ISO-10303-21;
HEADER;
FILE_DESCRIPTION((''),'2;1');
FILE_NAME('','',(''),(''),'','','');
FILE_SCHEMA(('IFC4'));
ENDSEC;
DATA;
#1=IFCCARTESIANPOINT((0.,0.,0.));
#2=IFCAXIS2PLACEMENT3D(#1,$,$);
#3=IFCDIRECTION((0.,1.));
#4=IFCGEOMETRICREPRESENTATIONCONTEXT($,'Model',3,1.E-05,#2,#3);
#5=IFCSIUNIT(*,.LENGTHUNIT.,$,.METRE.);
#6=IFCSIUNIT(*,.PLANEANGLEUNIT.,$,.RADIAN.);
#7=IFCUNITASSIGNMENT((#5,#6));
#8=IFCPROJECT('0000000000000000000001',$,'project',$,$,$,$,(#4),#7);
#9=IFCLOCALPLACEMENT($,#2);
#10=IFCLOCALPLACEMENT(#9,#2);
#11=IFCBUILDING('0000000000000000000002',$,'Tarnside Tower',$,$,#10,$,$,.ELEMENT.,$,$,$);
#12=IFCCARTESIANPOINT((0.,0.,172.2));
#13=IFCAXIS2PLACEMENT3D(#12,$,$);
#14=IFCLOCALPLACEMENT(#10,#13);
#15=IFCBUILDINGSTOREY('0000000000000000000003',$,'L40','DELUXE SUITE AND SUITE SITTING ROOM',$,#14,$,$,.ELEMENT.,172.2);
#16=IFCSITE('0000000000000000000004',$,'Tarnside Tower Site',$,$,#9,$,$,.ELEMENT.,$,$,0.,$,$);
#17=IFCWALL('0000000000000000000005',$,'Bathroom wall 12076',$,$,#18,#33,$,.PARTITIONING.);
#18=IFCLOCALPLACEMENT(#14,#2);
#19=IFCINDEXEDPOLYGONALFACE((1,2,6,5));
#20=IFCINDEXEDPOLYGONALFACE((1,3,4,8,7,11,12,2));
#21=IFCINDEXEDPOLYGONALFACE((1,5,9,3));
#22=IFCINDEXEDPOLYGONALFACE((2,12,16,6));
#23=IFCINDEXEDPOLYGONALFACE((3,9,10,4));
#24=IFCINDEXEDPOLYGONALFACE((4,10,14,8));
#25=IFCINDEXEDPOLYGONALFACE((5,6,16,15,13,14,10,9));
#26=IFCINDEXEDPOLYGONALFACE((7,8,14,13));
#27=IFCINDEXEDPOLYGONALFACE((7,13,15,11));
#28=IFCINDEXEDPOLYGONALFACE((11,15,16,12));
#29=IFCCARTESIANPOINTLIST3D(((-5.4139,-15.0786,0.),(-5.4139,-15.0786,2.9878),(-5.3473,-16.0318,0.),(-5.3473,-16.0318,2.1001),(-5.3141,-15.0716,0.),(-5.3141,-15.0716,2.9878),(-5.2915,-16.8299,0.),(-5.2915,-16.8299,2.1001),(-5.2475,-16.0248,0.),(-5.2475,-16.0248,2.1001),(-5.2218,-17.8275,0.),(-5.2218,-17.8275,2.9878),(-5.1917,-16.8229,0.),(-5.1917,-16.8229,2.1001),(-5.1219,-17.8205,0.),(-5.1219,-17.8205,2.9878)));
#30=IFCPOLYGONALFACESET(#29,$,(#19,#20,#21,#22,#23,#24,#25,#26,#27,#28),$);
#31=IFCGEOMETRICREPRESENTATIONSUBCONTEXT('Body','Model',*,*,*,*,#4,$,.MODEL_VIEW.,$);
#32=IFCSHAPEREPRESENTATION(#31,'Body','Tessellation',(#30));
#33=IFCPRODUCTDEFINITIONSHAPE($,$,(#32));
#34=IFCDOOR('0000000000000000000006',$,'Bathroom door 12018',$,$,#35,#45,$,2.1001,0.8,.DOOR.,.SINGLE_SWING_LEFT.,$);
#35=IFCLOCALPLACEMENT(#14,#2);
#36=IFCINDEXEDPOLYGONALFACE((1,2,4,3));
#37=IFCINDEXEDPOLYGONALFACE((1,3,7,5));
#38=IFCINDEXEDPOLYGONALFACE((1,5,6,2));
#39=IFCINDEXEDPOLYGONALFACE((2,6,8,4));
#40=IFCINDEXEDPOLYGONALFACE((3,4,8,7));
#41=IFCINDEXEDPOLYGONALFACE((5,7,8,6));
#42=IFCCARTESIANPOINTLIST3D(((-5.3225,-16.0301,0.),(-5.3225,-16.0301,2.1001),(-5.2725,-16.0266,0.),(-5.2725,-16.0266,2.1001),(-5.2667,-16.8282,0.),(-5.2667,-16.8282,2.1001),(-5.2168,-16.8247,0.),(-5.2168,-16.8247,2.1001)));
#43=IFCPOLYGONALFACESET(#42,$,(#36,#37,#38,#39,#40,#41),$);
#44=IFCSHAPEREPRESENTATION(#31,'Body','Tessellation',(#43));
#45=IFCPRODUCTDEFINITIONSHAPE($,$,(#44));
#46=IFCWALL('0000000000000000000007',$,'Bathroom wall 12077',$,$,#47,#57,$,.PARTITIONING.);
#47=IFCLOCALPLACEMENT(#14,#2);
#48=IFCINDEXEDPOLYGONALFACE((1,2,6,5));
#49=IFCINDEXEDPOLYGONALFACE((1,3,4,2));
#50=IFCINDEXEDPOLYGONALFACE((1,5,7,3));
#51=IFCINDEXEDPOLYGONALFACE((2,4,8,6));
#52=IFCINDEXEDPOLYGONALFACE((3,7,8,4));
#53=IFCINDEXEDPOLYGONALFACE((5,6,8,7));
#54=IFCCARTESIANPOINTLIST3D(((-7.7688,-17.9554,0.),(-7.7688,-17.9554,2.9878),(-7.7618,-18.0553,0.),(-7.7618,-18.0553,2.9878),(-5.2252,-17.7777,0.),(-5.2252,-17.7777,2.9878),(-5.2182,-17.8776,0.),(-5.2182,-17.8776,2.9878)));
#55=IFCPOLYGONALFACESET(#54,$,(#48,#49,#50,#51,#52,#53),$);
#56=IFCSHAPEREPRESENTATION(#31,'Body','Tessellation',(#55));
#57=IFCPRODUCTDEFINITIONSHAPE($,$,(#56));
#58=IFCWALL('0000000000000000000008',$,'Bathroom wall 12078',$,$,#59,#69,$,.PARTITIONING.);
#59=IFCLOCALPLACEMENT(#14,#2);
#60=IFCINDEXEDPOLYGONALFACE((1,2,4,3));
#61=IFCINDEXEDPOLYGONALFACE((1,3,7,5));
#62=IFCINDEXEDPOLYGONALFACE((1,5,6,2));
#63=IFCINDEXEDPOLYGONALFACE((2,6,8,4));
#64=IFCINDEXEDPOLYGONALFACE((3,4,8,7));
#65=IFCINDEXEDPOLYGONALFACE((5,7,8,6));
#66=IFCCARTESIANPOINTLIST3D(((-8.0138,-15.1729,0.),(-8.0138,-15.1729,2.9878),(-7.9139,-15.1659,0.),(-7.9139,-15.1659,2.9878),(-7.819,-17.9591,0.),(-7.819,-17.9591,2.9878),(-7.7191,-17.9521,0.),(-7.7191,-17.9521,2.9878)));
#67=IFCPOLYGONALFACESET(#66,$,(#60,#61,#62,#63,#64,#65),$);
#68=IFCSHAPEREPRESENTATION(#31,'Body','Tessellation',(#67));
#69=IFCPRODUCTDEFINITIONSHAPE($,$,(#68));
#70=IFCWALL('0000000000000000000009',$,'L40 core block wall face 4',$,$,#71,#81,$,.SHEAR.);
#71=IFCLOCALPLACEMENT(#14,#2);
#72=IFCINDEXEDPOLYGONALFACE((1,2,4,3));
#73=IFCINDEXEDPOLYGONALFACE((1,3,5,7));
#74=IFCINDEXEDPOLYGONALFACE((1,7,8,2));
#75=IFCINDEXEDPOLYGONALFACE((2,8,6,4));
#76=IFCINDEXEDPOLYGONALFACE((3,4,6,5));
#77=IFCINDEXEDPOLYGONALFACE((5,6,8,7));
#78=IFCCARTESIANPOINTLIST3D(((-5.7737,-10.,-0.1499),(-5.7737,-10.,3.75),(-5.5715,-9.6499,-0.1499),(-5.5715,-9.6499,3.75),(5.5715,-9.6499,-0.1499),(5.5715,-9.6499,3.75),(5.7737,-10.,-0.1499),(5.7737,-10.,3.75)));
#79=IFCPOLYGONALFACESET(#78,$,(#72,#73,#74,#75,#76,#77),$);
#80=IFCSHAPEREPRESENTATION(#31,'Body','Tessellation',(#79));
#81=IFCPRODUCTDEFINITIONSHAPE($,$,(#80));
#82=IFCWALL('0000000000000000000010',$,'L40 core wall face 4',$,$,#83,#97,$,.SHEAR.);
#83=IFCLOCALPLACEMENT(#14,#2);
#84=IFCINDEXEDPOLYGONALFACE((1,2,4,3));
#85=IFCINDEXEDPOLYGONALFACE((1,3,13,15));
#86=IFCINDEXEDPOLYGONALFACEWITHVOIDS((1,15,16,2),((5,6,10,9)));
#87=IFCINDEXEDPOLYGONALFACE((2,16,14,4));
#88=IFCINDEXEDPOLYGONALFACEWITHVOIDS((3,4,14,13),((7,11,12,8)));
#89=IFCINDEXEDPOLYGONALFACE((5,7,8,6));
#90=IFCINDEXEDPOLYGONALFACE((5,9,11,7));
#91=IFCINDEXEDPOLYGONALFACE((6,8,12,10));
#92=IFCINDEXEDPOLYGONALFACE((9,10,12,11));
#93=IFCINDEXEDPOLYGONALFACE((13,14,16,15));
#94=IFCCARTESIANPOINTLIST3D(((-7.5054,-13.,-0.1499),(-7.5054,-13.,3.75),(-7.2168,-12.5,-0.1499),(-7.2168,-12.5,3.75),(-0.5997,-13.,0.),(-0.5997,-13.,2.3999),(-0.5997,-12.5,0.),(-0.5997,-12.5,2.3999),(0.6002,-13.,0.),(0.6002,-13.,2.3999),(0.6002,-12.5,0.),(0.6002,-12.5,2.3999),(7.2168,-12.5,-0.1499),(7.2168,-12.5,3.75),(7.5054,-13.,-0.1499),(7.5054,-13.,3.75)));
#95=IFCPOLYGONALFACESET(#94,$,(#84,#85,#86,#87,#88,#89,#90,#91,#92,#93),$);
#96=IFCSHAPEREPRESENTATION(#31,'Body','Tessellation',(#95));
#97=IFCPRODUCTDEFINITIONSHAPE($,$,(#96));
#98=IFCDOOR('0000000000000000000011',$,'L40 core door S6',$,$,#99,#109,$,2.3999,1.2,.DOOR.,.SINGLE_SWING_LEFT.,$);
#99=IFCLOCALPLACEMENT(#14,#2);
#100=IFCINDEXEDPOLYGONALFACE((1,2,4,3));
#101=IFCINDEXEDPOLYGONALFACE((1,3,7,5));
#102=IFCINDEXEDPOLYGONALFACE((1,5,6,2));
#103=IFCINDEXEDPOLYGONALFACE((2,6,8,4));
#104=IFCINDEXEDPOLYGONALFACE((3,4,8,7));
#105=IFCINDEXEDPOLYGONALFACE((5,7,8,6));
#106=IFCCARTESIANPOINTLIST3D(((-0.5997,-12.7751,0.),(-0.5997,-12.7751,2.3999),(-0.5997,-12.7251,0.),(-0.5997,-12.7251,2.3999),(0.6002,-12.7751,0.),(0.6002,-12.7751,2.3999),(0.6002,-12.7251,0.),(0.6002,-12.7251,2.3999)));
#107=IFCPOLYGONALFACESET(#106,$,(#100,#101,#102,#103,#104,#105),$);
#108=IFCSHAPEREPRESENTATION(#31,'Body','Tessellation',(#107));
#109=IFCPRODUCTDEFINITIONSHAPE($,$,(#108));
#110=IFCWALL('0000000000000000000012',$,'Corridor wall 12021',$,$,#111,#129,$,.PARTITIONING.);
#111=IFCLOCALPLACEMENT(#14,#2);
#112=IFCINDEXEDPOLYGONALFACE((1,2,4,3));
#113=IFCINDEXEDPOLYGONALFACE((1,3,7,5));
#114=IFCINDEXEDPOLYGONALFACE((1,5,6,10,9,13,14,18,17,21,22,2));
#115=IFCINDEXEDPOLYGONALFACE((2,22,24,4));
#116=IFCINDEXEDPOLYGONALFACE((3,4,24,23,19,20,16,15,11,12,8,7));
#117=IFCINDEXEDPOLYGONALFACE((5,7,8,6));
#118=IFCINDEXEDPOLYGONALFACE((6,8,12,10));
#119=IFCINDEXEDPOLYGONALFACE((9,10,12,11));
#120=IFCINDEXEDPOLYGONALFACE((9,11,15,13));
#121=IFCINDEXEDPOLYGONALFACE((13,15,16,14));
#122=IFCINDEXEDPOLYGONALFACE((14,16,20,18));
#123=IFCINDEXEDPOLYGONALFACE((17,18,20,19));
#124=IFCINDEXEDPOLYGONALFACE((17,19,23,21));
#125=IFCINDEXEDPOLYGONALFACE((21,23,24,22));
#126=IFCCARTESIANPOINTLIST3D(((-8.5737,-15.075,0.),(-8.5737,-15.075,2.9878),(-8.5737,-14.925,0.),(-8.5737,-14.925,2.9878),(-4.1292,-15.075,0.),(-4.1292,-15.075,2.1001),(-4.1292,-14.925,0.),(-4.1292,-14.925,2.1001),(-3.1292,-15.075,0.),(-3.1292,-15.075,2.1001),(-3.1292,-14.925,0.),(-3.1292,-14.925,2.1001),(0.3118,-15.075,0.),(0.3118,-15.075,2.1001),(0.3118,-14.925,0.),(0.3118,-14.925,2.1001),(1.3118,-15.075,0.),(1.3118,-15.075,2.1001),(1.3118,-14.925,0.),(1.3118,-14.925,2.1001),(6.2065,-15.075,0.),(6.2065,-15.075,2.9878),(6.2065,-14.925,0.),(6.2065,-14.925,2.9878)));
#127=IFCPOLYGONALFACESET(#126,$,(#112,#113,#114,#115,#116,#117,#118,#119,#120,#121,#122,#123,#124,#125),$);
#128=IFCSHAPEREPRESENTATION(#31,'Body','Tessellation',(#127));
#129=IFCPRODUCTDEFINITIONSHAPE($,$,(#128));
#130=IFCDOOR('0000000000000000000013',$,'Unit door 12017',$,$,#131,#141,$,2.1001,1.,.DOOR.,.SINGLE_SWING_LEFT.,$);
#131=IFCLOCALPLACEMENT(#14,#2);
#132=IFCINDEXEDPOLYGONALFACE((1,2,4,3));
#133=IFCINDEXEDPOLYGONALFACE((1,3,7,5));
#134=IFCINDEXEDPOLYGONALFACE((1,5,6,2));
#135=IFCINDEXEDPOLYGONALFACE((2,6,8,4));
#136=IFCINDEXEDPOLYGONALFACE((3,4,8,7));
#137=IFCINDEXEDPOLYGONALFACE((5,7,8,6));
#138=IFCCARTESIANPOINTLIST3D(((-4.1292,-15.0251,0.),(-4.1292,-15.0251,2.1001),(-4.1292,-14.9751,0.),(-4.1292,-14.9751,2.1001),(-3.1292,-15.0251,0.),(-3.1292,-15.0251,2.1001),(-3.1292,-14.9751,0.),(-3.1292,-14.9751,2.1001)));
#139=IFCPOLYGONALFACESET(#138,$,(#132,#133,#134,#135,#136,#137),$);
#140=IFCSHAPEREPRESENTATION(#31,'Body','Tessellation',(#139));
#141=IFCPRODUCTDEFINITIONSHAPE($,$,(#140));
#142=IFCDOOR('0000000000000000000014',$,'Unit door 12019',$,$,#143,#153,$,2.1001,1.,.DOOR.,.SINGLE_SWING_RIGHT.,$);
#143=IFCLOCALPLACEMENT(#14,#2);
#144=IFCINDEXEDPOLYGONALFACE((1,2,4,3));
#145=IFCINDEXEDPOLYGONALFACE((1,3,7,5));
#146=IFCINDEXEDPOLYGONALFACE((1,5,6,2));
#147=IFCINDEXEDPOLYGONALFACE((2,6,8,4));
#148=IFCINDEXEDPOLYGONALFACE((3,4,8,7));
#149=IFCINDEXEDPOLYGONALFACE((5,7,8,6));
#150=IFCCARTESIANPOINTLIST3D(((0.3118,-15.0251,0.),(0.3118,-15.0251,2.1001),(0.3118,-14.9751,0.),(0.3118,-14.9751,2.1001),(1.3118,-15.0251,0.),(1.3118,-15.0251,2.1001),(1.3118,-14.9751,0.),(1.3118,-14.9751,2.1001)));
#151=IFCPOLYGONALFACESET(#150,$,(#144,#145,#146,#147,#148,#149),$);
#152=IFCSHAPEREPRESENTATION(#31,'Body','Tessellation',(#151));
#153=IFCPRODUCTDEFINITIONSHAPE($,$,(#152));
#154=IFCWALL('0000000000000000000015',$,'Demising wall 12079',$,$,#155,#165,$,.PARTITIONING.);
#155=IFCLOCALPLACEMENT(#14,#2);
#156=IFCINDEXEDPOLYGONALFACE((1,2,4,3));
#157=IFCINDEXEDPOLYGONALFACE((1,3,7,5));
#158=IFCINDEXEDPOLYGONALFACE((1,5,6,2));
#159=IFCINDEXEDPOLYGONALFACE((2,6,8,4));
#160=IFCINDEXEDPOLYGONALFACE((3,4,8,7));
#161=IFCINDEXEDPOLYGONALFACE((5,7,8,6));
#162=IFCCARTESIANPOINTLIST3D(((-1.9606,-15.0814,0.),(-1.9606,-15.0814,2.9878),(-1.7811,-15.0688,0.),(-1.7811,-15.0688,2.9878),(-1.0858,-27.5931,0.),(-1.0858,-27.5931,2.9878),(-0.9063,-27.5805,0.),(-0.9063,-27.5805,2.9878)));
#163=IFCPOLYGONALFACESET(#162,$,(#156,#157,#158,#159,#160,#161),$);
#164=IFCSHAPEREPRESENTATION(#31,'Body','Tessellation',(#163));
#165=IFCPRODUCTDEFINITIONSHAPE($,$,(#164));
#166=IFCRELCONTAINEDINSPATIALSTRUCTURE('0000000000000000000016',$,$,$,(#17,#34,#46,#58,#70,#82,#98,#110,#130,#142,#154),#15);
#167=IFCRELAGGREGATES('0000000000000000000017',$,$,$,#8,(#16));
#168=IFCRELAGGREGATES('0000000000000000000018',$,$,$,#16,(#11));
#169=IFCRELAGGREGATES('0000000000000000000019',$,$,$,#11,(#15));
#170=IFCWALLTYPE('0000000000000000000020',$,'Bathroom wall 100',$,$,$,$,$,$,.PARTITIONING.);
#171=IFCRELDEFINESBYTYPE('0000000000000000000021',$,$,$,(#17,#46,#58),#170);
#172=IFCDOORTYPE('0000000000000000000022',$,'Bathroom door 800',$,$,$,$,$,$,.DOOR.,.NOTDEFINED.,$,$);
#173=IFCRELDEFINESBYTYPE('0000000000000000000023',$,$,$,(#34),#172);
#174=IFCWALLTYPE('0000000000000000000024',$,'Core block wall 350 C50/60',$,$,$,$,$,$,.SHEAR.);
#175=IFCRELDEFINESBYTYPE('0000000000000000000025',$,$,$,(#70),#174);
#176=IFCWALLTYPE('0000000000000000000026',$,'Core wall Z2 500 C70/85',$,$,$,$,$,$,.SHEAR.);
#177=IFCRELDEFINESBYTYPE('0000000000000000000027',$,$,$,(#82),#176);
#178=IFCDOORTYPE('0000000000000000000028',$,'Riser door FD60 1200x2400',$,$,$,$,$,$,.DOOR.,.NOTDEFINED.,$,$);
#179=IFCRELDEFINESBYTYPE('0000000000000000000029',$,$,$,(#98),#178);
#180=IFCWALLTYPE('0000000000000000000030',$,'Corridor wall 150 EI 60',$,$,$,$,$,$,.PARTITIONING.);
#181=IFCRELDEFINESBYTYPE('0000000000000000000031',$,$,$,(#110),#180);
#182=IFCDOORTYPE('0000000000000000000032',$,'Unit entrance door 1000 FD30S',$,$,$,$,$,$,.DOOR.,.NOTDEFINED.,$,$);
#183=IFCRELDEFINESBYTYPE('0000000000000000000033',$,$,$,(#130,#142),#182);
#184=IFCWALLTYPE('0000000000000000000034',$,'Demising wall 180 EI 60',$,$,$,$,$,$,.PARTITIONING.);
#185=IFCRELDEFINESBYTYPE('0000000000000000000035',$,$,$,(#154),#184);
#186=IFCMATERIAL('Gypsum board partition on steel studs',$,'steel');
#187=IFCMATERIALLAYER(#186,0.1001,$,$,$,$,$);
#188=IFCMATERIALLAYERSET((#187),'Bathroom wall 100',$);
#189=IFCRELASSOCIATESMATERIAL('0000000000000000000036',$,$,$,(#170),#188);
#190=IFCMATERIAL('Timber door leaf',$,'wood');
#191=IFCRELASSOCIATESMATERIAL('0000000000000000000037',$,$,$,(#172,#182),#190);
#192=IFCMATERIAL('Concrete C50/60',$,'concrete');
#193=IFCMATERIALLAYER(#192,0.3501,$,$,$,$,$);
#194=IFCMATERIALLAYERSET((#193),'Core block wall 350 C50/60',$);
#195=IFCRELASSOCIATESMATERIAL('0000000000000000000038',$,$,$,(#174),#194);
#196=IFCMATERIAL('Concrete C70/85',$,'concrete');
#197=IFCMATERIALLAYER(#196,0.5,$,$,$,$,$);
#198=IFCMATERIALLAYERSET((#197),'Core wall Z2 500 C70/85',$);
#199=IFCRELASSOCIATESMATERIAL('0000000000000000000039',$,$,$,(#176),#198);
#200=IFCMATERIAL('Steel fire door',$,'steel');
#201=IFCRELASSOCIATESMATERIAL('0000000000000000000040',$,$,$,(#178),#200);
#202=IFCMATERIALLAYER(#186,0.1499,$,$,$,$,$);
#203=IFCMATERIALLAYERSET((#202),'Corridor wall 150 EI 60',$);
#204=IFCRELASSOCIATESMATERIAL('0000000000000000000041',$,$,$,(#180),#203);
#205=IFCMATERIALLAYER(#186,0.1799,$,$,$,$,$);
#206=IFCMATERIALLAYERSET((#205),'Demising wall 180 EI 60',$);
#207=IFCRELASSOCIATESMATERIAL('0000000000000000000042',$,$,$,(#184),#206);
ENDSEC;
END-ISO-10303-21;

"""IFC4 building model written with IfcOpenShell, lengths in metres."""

from ifc_helpers import new_model, si_unit, direction, frame, frame_2d, origin, place, context, subcontext, project, spatial, polyline, rectangle, outline, extrude, material, layer, layer_set, type_object, element, fill, save


model = new_model("IFC4")

# Units and contexts
model_context = context("Model", 3, precision=1e-05, world=origin(), true_north=direction((0.0, 1.0)))
body_context = subcontext(model_context, "Body", "Model", "MODEL_VIEW")
ifc_project = project(units=[si_unit("LENGTHUNIT", "METRE"), si_unit("PLANEANGLEUNIT", "RADIAN")], contexts=[model_context])

# Site, building, storey
site_placement = place(None, origin())
site = spatial("IfcSite", under=ifc_project, at=site_placement, Name="Tarnside Tower Site", CompositionType="ELEMENT", RefElevation=0.0)
building_placement = place(site_placement, origin())
building = spatial("IfcBuilding", under=site, at=building_placement, Name="Tarnside Tower", CompositionType="ELEMENT")
storey_placement = place(building_placement, frame((0.0, 0.0, 172.2)))
storey = spatial("IfcBuildingStorey", under=building, at=storey_placement, Name="L40", Description="DELUXE SUITE AND SUITE SITTING ROOM", CompositionType="ELEMENT", Elevation=172.2)

# Wall, opening, door
ifc_material_1 = material(Name="Gypsum board partition on steel studs", Category="steel")
ifc_layer_1 = layer(ifc_material_1, 0.1001)
ifc_layer_set_1 = layer_set([ifc_layer_1], Name="Bathroom wall 100")
wall_type_1 = type_object("IfcWallType", Name="Bathroom wall 100", PredefinedType="PARTITIONING", material=ifc_layer_set_1)
wall_1_placement = place(storey_placement, frame((-5.364, -15.075, 0.0), z_axis=(0.0, 0.0, 1.0), x_axis=(0.069723, -0.997566, 0.0)))
wall_1 = element("IfcWall", 1, at=wall_1_placement, inside=storey, type_object=wall_type_1, Name="Bathroom wall 12076", PredefinedType="PARTITIONING", context=body_context, shape_type="SweptSolid", body=[
    extrude(rectangle(XDim=2.7556, YDim=0.1001, at=frame_2d((1.3779, 0.0))), origin(), (0.0, 0.0, 1.0), 2.9878),
])
opening_1_placement = place(wall_1_placement, frame((0.9558, 0.0, 0.0)))
opening_1 = element("IfcOpeningElement", 2, at=opening_1_placement, cuts=wall_1, PredefinedType="OPENING", context=body_context, shape_type="SweptSolid", body=[
    extrude(rectangle(XDim=0.8, YDim=2.1001, at=frame_2d((0.3999, 1.05))), frame((0.0, 0.0601, 0.0), z_axis=(0.0, -1.0, 0.0), x_axis=(1.0, 0.0, 0.0)), (0.0, 0.0, 1.0), 0.1201),
])
ifc_material_2 = material(Name="Timber door leaf", Category="wood")
door_type_1 = type_object("IfcDoorType", Name="Bathroom door 800", OperationType="NOTDEFINED", PredefinedType="DOOR", material=ifc_material_2)
door_1_placement = place(opening_1_placement, origin())
door_1 = element("IfcDoor", 3, at=door_1_placement, inside=storey, type_object=door_type_1, Name="Bathroom door 12018", OperationType="SINGLE_SWING_LEFT", OverallHeight=2.1001, OverallWidth=0.8, PredefinedType="DOOR", context=body_context, shape_type="SweptSolid", body=[
    extrude(rectangle(XDim=0.8, YDim=2.1001, at=frame_2d((0.3999, 1.05))), frame((0.0, 0.0249, 0.0), z_axis=(0.0, -1.0, 0.0), x_axis=(1.0, 0.0, 0.0)), (0.0, 0.0, 1.0), 0.05),
])
fill(opening_1, door_1)

# Walls
wall_2_placement = place(storey_placement, frame((-5.2217, -17.8276, 0.0), z_axis=(0.0, 0.0, 1.0), x_axis=(-0.997568, -0.069702, 0.0)))
element("IfcWall", 4, at=wall_2_placement, inside=storey, type_object=wall_type_1, Name="Bathroom wall 12077", PredefinedType="PARTITIONING", context=body_context, shape_type="SweptSolid", body=[
    extrude(rectangle(XDim=2.5498, YDim=0.1001, at=frame_2d((1.2749, 0.0))), origin(), (0.0, 0.0, 1.0), 2.9878),
])
wall_3_placement = place(storey_placement, frame((-7.769, -17.9556, 0.0), z_axis=(0.0, 0.0, 1.0), x_axis=(-0.069756, 0.997564, 0.0)))
element("IfcWall", 5, at=wall_3_placement, inside=storey, type_object=wall_type_1, Name="Bathroom wall 12078", PredefinedType="PARTITIONING", context=body_context, shape_type="SweptSolid", body=[
    extrude(rectangle(XDim=2.793, YDim=0.1001, at=frame_2d((1.3965, 0.0))), origin(), (0.0, 0.0, 1.0), 2.9878),
])
ifc_material_3 = material(Name="Concrete C50/60", Category="concrete")
ifc_layer_2 = layer(ifc_material_3, 0.3501)
ifc_layer_set_2 = layer_set([ifc_layer_2], Name="Core block wall 350 C50/60")
wall_type_2 = type_object("IfcWallType", Name="Core block wall 350 C50/60", PredefinedType="SHEAR", material=ifc_layer_set_2)
wall_4_placement = place(storey_placement, frame((-5.6726, -9.825, -0.1499), z_axis=(0.0, 0.0, 1.0), x_axis=(1.0, 0.0, 0.0)))
element("IfcWall", 6, at=wall_4_placement, inside=storey, type_object=wall_type_2, Name="L40 core block wall face 4", PredefinedType="SHEAR", context=body_context, shape_type="SweptSolid", body=[
    extrude(outline(polyline([(-0.1011, -0.175), (11.4463, -0.175), (11.2441, 0.175), (0.1011, 0.175), (-0.1011, -0.175)])), origin(), (0.0, 0.0, 1.0), 3.8999),
])

# Wall, opening, door
ifc_material_4 = material(Name="Concrete C70/85", Category="concrete")
ifc_layer_3 = layer(ifc_material_4, 0.5)
ifc_layer_set_3 = layer_set([ifc_layer_3], Name="Core wall Z2 500 C70/85")
wall_type_3 = type_object("IfcWallType", Name="Core wall Z2 500 C70/85", PredefinedType="SHEAR", material=ifc_layer_set_3)
wall_5_placement = place(storey_placement, frame((-7.3611, -12.75, -0.1499), z_axis=(0.0, 0.0, 1.0), x_axis=(1.0, 0.0, 0.0)))
wall_5 = element("IfcWall", 7, at=wall_5_placement, inside=storey, type_object=wall_type_3, Name="L40 core wall face 4", PredefinedType="SHEAR", context=body_context, shape_type="SweptSolid", body=[
    extrude(outline(polyline([(-0.1443, -0.25), (14.8665, -0.25), (14.5779, 0.25), (0.1443, 0.25), (-0.1443, -0.25)])), origin(), (0.0, 0.0, 1.0), 3.8999),
])
opening_2_placement = place(wall_5_placement, frame((6.7612, 0.0, 0.1499)))
opening_2 = element("IfcOpeningElement", 8, at=opening_2_placement, cuts=wall_5, PredefinedType="OPENING", context=body_context, shape_type="SweptSolid", body=[
    extrude(rectangle(XDim=1.2, YDim=2.3999, at=frame_2d((0.6001, 1.2))), frame((0.0, 0.26, 0.0), z_axis=(0.0, -1.0, 0.0), x_axis=(1.0, 0.0, 0.0)), (0.0, 0.0, 1.0), 0.52),
])
ifc_material_5 = material(Name="Steel fire door", Category="steel")
door_type_2 = type_object("IfcDoorType", Name="Riser door FD60 1200x2400", OperationType="NOTDEFINED", PredefinedType="DOOR", material=ifc_material_5)
door_2_placement = place(opening_2_placement, origin())
door_2 = element("IfcDoor", 9, at=door_2_placement, inside=storey, type_object=door_type_2, Name="L40 core door S6", OperationType="SINGLE_SWING_LEFT", OverallHeight=2.3999, OverallWidth=1.2, PredefinedType="DOOR", context=body_context, shape_type="SweptSolid", body=[
    extrude(rectangle(XDim=1.2, YDim=2.3999, at=frame_2d((0.6001, 1.2))), frame((0.0, 0.0249, 0.0), z_axis=(0.0, -1.0, 0.0), x_axis=(1.0, 0.0, 0.0)), (0.0, 0.0, 1.0), 0.05),
])
fill(opening_2, door_2)

# Wall, openings, doors
ifc_layer_4 = layer(ifc_material_1, 0.1499)
ifc_layer_set_4 = layer_set([ifc_layer_4], Name="Corridor wall 150 EI 60")
wall_type_4 = type_object("IfcWallType", Name="Corridor wall 150 EI 60", PredefinedType="PARTITIONING", material=ifc_layer_set_4)
wall_6_placement = place(storey_placement, frame((-8.5737, -15.0, 0.0), z_axis=(0.0, 0.0, 1.0), x_axis=(1.0, 0.0, 0.0)))
wall_6 = element("IfcWall", 10, at=wall_6_placement, inside=storey, type_object=wall_type_4, Name="Corridor wall 12021", PredefinedType="PARTITIONING", context=body_context, shape_type="SweptSolid", body=[
    extrude(rectangle(XDim=14.7803, YDim=0.1499, at=frame_2d((7.3901, 0.0))), origin(), (0.0, 0.0, 1.0), 2.9878),
])
opening_3_placement = place(wall_6_placement, frame((4.4446, 0.0, 0.0)))
opening_3 = element("IfcOpeningElement", 11, at=opening_3_placement, cuts=wall_6, PredefinedType="OPENING", context=body_context, shape_type="SweptSolid", body=[
    extrude(rectangle(XDim=1.0, YDim=2.1001, at=frame_2d((0.5, 1.05))), frame((0.0, 0.085, 0.0), z_axis=(0.0, -1.0, 0.0), x_axis=(1.0, 0.0, 0.0)), (0.0, 0.0, 1.0), 0.1699),
])
opening_4_placement = place(wall_6_placement, frame((8.8855, 0.0, 0.0)))
opening_4 = element("IfcOpeningElement", 12, at=opening_4_placement, cuts=wall_6, PredefinedType="OPENING", context=body_context, shape_type="SweptSolid", body=[
    extrude(rectangle(XDim=1.0, YDim=2.1001, at=frame_2d((0.5, 1.05))), frame((0.0, 0.085, 0.0), z_axis=(0.0, -1.0, 0.0), x_axis=(1.0, 0.0, 0.0)), (0.0, 0.0, 1.0), 0.1699),
])
door_type_3 = type_object("IfcDoorType", Name="Unit entrance door 1000 FD30S", OperationType="NOTDEFINED", PredefinedType="DOOR", material=ifc_material_2)
door_3_placement = place(opening_3_placement, origin())
door_3 = element("IfcDoor", 13, at=door_3_placement, inside=storey, type_object=door_type_3, Name="Unit door 12017", OperationType="SINGLE_SWING_LEFT", OverallHeight=2.1001, OverallWidth=1.0, PredefinedType="DOOR", context=body_context, shape_type="SweptSolid", body=[
    extrude(rectangle(XDim=1.0, YDim=2.1001, at=frame_2d((0.5, 1.05))), frame((0.0, 0.0249, 0.0), z_axis=(0.0, -1.0, 0.0), x_axis=(1.0, 0.0, 0.0)), (0.0, 0.0, 1.0), 0.05),
])
fill(opening_3, door_3)
door_4_placement = place(opening_4_placement, origin())
door_4 = element("IfcDoor", 14, at=door_4_placement, inside=storey, type_object=door_type_3, Name="Unit door 12019", OperationType="SINGLE_SWING_RIGHT", OverallHeight=2.1001, OverallWidth=1.0, PredefinedType="DOOR", context=body_context, shape_type="SweptSolid", body=[
    extrude(rectangle(XDim=1.0, YDim=2.1001, at=frame_2d((0.5, 1.05))), frame((0.0, 0.0249, 0.0), z_axis=(0.0, -1.0, 0.0), x_axis=(1.0, 0.0, 0.0)), (0.0, 0.0, 1.0), 0.05),
])
fill(opening_4, door_4)

# Wall
ifc_layer_5 = layer(ifc_material_1, 0.1799)
ifc_layer_set_5 = layer_set([ifc_layer_5], Name="Demising wall 180 EI 60")
wall_type_5 = type_object("IfcWallType", Name="Demising wall 180 EI 60", PredefinedType="PARTITIONING", material=ifc_layer_set_5)
wall_7_placement = place(storey_placement, frame((-0.9961, -27.5867, 0.0), z_axis=(0.0, 0.0, 1.0), x_axis=(-0.069745, 0.997565, 0.0)))
element("IfcWall", 15, at=wall_7_placement, inside=storey, type_object=wall_type_5, Name="Demising wall 12079", PredefinedType="PARTITIONING", context=body_context, shape_type="SweptSolid", body=[
    extrude(rectangle(XDim=12.5422, YDim=0.1799, at=frame_2d((6.271, 0.0))), origin(), (0.0, 0.0, 1.0), 2.9878),
])

save(model, "model.ifc")
